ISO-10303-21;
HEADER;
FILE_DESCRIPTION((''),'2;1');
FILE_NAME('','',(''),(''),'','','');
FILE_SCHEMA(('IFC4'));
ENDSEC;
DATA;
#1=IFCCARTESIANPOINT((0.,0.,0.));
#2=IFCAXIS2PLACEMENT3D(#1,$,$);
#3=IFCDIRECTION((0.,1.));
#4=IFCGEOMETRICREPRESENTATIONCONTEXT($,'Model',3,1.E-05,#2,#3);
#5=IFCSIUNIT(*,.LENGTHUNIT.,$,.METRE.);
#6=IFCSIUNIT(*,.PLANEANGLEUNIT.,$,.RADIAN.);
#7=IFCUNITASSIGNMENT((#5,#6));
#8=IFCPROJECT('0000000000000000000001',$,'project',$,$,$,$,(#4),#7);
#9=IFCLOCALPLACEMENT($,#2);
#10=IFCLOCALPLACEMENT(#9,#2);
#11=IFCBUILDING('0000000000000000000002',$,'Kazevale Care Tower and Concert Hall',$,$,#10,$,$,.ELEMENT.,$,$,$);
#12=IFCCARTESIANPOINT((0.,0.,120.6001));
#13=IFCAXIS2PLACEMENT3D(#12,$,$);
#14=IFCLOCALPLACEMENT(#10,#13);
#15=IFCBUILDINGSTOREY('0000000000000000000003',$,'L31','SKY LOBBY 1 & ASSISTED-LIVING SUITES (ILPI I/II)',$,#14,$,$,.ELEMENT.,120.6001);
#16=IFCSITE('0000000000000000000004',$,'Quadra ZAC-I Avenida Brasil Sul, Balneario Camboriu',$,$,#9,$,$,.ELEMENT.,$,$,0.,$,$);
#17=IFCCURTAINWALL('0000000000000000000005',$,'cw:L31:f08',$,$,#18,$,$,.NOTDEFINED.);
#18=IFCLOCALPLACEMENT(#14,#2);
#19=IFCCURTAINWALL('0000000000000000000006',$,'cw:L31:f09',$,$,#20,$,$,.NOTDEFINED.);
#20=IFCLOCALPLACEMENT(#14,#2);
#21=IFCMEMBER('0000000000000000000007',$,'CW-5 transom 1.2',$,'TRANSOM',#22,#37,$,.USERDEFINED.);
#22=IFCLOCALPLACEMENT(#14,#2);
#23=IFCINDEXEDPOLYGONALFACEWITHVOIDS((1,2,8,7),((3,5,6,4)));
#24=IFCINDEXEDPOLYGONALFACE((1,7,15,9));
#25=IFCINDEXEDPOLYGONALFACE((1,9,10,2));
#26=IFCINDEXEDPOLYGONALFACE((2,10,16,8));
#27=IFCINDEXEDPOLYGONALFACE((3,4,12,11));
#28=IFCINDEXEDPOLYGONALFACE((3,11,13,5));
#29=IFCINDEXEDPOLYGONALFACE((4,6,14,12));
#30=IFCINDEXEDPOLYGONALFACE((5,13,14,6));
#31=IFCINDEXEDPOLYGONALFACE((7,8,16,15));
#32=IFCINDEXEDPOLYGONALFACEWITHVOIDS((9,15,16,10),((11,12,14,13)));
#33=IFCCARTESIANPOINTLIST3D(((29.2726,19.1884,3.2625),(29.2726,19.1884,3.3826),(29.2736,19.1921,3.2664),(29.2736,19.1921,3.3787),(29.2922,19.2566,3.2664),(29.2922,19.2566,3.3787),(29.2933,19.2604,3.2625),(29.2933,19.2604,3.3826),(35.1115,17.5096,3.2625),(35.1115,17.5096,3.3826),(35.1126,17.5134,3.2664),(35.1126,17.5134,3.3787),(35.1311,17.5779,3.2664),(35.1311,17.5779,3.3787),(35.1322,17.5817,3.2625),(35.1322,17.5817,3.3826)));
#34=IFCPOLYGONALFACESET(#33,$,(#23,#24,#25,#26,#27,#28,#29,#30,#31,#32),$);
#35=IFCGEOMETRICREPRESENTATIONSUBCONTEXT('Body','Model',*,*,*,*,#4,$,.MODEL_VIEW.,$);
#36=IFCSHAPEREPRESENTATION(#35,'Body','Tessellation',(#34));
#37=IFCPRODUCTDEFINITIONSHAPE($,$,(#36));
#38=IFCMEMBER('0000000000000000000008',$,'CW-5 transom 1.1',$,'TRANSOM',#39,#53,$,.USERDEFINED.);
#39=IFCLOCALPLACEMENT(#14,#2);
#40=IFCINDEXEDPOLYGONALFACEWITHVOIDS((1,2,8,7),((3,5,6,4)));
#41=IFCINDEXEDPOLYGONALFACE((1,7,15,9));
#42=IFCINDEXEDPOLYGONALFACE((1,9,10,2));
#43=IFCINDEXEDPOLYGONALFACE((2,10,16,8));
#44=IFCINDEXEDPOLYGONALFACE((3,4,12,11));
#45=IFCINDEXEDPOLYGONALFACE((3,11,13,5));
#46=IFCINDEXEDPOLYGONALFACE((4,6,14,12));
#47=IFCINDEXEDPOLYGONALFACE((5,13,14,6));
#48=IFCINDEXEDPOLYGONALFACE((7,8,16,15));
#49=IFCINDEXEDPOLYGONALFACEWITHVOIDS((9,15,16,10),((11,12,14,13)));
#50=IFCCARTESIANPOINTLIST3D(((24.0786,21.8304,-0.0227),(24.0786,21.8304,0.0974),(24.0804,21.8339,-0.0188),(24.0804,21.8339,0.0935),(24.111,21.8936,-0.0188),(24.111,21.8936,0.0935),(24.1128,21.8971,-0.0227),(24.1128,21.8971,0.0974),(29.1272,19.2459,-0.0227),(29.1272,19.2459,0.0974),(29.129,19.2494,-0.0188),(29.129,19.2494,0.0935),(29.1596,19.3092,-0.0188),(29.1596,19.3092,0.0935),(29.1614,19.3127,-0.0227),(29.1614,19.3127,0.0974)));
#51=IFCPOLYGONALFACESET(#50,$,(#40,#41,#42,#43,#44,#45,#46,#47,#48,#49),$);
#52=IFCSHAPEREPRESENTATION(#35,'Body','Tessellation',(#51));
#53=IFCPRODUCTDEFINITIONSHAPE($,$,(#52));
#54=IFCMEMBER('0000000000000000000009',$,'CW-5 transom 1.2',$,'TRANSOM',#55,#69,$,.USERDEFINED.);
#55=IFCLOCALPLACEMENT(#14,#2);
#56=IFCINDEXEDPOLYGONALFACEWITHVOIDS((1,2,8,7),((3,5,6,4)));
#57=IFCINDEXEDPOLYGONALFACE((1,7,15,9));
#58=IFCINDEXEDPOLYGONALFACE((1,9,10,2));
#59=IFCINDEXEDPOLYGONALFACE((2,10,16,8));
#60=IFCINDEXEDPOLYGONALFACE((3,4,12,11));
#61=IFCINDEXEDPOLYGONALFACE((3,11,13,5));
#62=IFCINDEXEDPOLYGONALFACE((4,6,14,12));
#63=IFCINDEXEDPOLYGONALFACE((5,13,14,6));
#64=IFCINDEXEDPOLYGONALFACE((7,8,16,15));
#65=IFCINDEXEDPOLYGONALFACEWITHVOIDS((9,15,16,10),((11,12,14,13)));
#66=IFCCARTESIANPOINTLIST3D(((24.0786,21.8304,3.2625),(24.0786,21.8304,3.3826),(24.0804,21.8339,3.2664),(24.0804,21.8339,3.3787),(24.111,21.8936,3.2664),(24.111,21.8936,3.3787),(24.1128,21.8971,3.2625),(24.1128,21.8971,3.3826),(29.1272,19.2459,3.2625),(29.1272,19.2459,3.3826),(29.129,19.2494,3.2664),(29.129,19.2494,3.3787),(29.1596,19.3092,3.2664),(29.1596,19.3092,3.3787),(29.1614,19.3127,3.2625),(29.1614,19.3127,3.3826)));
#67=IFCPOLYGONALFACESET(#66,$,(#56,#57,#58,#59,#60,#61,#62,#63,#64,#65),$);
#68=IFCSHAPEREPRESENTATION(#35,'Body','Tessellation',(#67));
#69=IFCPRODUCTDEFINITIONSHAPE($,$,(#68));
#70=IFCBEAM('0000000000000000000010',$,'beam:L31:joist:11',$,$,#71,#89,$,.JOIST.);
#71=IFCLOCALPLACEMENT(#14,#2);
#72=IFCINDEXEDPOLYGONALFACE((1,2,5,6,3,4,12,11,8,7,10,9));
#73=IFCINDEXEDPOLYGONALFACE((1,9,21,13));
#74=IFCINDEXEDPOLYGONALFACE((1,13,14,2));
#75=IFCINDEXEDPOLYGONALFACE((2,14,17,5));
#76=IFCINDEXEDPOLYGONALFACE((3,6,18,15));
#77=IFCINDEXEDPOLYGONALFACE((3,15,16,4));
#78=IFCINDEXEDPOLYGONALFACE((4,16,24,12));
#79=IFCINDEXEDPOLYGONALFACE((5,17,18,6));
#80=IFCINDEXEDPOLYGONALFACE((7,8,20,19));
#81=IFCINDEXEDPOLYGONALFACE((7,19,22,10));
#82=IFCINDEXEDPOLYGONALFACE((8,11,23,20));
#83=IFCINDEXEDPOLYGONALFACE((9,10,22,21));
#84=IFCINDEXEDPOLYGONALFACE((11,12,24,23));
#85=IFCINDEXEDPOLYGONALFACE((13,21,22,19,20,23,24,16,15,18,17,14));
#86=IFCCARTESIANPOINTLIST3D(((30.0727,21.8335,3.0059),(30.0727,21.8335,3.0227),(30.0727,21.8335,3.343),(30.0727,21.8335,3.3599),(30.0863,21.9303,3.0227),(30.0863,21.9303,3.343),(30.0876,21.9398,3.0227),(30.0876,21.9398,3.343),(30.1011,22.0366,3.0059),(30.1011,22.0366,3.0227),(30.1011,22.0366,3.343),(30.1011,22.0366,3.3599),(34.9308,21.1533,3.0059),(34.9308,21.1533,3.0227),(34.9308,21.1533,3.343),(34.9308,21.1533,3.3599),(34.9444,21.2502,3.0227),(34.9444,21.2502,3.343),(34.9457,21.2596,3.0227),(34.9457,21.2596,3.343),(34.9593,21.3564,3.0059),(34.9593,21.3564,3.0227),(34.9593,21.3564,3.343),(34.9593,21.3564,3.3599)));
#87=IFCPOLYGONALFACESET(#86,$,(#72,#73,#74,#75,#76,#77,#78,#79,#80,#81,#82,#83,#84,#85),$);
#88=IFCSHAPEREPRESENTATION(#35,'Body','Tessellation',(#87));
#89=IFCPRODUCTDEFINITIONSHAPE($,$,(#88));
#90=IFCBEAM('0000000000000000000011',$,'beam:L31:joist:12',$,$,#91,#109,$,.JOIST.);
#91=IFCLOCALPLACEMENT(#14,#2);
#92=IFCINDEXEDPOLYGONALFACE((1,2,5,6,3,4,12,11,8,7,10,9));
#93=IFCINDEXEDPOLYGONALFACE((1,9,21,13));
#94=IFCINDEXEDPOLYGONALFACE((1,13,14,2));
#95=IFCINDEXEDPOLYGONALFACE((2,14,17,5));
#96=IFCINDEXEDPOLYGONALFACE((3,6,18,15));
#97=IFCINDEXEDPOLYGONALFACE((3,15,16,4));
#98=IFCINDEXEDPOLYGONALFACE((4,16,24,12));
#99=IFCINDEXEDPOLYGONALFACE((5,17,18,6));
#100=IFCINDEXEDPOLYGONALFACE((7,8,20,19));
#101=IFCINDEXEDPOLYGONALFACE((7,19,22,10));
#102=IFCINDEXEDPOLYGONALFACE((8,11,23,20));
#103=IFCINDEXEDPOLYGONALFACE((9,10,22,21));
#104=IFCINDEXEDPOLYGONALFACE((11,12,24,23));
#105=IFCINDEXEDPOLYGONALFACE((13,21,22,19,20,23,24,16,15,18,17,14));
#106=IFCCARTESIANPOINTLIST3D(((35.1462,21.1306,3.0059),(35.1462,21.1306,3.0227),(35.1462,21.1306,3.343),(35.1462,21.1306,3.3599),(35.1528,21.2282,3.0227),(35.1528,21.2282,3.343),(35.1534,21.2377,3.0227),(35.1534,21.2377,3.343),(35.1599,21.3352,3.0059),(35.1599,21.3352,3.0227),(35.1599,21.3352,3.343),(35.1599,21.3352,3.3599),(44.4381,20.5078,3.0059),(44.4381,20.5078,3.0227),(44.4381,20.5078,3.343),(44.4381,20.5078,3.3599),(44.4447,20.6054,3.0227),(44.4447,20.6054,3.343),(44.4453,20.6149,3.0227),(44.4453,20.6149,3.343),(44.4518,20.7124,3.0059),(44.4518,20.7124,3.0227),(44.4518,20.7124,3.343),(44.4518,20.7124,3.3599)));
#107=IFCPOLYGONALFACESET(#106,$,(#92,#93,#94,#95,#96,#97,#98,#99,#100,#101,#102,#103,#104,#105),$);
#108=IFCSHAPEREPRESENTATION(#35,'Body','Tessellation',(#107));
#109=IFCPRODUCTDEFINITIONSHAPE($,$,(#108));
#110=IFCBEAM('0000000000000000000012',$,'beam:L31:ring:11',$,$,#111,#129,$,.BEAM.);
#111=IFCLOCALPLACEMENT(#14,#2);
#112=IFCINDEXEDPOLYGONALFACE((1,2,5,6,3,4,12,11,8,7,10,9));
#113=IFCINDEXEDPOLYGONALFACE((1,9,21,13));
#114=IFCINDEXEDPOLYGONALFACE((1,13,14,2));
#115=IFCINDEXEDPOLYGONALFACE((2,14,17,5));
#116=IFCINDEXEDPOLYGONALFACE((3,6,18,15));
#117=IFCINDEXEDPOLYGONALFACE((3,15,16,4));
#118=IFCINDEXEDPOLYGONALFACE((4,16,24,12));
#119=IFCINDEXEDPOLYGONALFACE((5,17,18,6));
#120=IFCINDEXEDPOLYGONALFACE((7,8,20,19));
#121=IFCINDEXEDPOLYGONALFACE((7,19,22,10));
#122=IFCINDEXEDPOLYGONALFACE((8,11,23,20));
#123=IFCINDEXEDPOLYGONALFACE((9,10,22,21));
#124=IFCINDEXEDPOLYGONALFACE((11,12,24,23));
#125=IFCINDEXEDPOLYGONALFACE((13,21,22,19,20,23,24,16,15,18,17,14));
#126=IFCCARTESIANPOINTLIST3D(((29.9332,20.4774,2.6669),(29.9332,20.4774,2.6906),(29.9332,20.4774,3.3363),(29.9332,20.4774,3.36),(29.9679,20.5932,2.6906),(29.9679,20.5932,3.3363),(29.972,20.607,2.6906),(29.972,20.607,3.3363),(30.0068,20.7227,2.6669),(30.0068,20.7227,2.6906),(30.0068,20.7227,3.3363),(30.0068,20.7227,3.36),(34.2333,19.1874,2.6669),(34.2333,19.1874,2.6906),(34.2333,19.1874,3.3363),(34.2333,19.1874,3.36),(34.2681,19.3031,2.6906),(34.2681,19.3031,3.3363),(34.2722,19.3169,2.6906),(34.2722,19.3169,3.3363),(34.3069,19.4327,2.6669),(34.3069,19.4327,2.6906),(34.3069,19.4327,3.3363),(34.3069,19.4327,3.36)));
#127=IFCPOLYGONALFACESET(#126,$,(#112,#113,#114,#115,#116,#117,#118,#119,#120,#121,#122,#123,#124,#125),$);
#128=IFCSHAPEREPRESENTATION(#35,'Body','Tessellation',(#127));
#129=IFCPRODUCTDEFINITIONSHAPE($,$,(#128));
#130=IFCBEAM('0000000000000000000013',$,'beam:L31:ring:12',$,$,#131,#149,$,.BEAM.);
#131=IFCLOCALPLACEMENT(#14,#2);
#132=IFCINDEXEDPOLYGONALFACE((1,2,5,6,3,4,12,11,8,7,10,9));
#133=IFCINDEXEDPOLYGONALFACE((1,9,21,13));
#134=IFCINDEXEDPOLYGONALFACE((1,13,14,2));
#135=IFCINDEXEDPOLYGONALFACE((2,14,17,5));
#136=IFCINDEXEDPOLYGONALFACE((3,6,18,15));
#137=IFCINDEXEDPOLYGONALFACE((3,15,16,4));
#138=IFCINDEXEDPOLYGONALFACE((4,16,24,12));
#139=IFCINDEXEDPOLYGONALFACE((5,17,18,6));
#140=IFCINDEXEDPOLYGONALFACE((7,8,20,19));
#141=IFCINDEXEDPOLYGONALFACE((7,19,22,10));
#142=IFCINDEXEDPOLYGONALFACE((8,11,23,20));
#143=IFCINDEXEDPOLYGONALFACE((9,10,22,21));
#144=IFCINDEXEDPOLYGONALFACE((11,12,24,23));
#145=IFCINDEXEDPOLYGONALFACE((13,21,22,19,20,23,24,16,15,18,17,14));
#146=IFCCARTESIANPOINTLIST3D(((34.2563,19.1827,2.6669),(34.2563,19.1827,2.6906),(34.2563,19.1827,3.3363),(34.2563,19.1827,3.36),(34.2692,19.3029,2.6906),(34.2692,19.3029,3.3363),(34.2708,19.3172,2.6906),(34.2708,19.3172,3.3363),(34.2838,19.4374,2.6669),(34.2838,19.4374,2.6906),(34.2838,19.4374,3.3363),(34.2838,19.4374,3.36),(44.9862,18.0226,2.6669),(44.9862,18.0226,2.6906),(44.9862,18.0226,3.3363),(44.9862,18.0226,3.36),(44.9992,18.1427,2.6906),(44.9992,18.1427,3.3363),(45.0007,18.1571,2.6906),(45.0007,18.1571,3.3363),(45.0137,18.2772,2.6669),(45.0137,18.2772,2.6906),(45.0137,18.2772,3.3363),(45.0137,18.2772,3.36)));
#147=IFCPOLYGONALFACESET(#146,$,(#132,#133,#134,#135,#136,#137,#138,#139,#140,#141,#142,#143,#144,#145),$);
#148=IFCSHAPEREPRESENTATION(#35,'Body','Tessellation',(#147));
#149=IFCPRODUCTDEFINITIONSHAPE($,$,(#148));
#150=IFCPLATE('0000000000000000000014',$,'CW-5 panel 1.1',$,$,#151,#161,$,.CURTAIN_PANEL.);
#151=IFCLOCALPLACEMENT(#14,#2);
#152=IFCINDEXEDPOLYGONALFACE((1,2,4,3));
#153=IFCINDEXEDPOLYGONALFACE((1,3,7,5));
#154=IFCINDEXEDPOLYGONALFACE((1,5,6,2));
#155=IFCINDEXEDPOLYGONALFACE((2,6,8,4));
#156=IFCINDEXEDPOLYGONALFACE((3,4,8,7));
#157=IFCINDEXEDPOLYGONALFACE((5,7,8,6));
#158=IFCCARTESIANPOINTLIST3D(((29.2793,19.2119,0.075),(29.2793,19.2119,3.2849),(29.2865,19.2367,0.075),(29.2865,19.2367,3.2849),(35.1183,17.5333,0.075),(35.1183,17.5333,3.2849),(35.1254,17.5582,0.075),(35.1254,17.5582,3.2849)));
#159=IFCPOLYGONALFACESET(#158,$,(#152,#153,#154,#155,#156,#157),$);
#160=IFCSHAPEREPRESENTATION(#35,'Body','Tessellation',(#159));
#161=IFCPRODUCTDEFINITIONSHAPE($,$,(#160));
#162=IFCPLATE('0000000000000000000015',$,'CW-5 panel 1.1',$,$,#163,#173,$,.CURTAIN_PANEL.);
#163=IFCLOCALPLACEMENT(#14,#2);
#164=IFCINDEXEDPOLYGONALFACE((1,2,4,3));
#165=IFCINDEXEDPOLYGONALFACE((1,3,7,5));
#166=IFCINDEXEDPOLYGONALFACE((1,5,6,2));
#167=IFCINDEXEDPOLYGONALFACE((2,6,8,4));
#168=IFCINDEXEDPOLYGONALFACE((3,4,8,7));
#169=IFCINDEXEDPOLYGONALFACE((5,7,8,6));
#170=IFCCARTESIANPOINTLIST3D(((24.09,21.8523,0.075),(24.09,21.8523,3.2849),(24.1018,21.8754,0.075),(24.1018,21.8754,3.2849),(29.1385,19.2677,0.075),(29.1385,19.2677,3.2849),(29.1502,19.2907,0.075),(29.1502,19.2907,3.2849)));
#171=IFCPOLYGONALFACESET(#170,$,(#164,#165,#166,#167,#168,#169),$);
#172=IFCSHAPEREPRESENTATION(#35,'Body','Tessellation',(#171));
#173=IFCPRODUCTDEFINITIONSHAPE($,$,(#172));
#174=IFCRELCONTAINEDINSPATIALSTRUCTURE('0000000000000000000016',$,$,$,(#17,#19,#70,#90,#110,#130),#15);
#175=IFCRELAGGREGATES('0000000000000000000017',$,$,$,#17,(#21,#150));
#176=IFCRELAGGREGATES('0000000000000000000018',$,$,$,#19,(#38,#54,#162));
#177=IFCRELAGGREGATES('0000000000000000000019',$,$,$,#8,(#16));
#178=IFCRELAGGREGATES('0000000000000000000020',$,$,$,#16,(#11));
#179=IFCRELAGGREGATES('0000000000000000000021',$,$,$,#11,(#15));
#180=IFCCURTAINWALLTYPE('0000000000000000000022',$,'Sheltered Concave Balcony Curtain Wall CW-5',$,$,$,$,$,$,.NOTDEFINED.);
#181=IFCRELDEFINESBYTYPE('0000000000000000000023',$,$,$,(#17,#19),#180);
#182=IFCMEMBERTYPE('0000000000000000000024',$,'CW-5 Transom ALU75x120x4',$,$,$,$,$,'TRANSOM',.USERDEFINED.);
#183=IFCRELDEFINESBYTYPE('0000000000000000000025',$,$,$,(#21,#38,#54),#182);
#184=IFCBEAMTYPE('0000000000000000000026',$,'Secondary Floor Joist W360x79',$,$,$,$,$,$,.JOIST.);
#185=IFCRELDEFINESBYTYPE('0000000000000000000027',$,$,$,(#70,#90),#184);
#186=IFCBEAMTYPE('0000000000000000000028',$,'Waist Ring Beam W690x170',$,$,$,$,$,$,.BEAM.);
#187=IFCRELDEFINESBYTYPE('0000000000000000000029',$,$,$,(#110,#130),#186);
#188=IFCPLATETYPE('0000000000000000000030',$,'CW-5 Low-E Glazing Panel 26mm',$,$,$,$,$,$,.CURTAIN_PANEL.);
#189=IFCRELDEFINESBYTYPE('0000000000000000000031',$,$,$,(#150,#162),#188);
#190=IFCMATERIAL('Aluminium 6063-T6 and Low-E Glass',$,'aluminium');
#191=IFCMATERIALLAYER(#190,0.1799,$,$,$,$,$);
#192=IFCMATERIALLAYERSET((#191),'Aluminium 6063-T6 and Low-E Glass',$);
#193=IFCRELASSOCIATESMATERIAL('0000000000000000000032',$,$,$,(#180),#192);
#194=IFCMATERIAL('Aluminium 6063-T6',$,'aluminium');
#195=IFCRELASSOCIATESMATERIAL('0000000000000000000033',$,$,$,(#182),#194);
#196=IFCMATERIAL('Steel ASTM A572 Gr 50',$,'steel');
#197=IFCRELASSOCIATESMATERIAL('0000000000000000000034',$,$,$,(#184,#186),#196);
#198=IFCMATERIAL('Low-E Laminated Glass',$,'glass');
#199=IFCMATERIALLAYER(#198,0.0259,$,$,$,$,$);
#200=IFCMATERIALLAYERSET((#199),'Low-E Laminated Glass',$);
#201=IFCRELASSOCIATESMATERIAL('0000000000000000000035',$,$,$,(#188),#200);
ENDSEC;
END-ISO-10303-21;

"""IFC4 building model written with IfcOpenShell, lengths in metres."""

from ifc_helpers import new_model, si_unit, direction, frame, origin, origin_2d, place, context, subcontext, project, spatial, rectangle, hollow_rectangle, i_section, extrude, material, layer, layer_set, material_profile, profile_set, type_object, element, aggregate, save


model = new_model("IFC4")

# Units and contexts
model_context = context("Model", 3, precision=1e-05, world=origin(), true_north=direction((0.0, 1.0)))
body_context = subcontext(model_context, "Body", "Model", "MODEL_VIEW")
ifc_project = project(units=[si_unit("LENGTHUNIT", "METRE"), si_unit("PLANEANGLEUNIT", "RADIAN")], contexts=[model_context])

# Site, building, storey
site_placement = place(None, origin())
site = spatial("IfcSite", under=ifc_project, at=site_placement, Name="Quadra ZAC-I Avenida Brasil Sul, Balneario Camboriu", CompositionType="ELEMENT", RefElevation=0.0)
building_placement = place(site_placement, origin())
building = spatial("IfcBuilding", under=site, at=building_placement, Name="Kazevale Care Tower and Concert Hall", CompositionType="ELEMENT")
storey_placement = place(building_placement, frame((0.0, 0.0, 120.6001)))
storey = spatial("IfcBuildingStorey", under=building, at=storey_placement, Name="L31", Description="SKY LOBBY 1 & ASSISTED-LIVING SUITES (ILPI I/II)", CompositionType="ELEMENT", Elevation=120.6001)

# Shared definitions
ifc_material_1 = material(Name="Aluminium 6063-T6 and Low-E Glass", Category="aluminium")
ifc_layer_1 = layer(ifc_material_1, 0.1799)
ifc_layer_set_1 = layer_set([ifc_layer_1], Name="Aluminium 6063-T6 and Low-E Glass")
curtain_wall_type = type_object("IfcCurtainWallType", Name="Sheltered Concave Balcony Curtain Wall CW-5", PredefinedType="NOTDEFINED", material=ifc_layer_set_1)
ifc_material_2 = material(Name="Aluminium 6063-T6", Category="aluminium")

# Curtain wall
curtain_wall_1_placement = place(storey_placement, origin())
curtain_wall_1 = element("IfcCurtainWall", 1, at=curtain_wall_1_placement, inside=storey, type_object=curtain_wall_type, Name="cw:L31:f08", PredefinedType="NOTDEFINED")

# Curtain wall
curtain_wall_2_placement = place(storey_placement, origin())
curtain_wall_2 = element("IfcCurtainWall", 2, at=curtain_wall_2_placement, inside=storey, type_object=curtain_wall_type, Name="cw:L31:f09", PredefinedType="NOTDEFINED")

# Members
ifc_material_profile_1 = material_profile(ifc_material_2, hollow_rectangle(XDim=0.075, YDim=0.1201, WallThickness=0.0039, at=origin_2d()), Name="ALU75x120x4")
ifc_profile_set_1 = profile_set([ifc_material_profile_1], Name="Aluminium 6063-T6")
member_type_1 = type_object("IfcMemberType", Name="CW-5 Transom ALU75x120x4", ElementType="TRANSOM", PredefinedType="USERDEFINED", material=ifc_profile_set_1)
member_1_placement = place(storey_placement, frame((35.1218, 17.5457, 3.3225), z_axis=(-0.961068, 0.276313, 0.0), x_axis=(-0.276313, -0.961068, 0.0)))
member_1 = element("IfcMember", 3, at=member_1_placement, type_object=member_type_1, Name="CW-5 transom 1.2", ObjectType="TRANSOM", PredefinedType="USERDEFINED", context=body_context, shape_type="SweptSolid", body=[
    extrude(hollow_rectangle(XDim=0.075, YDim=0.1201, WallThickness=0.0039, at=origin_2d()), origin(), (0.0, 0.0, 1.0), 6.0754),
])
member_2_placement = place(storey_placement, frame((29.1443, 19.2793, 0.0374), z_axis=(-0.890143, 0.455682, 0.0), x_axis=(-0.455682, -0.890143, 0.0)))
member_2 = element("IfcMember", 4, at=member_2_placement, type_object=member_type_1, Name="CW-5 transom 1.1", ObjectType="TRANSOM", PredefinedType="USERDEFINED", context=body_context, shape_type="SweptSolid", body=[
    extrude(hollow_rectangle(XDim=0.075, YDim=0.1201, WallThickness=0.0039, at=origin_2d()), origin(), (0.0, 0.0, 1.0), 5.6716),
])
member_3_placement = place(storey_placement, frame((29.1443, 19.2793, 3.3225), z_axis=(-0.890143, 0.455682, 0.0), x_axis=(-0.455682, -0.890143, 0.0)))
member_3 = element("IfcMember", 5, at=member_3_placement, type_object=member_type_1, Name="CW-5 transom 1.2", ObjectType="TRANSOM", PredefinedType="USERDEFINED", context=body_context, shape_type="SweptSolid", body=[
    extrude(hollow_rectangle(XDim=0.075, YDim=0.1201, WallThickness=0.0039, at=origin_2d()), origin(), (0.0, 0.0, 1.0), 5.6716),
])

# Beams
ifc_material_3 = material(Name="Steel ASTM A572 Gr 50", Category="steel")
ifc_material_profile_2 = material_profile(ifc_material_3, i_section(OverallWidth=0.2051, OverallDepth=0.354, WebThickness=0.0095, FlangeThickness=0.0168, at=origin_2d()), Name="W360x79")
ifc_profile_set_2 = profile_set([ifc_material_profile_2], Name="Steel ASTM A572 Gr 50")
beam_type_1 = type_object("IfcBeamType", Name="Secondary Floor Joist W360x79", PredefinedType="JOIST", material=ifc_profile_set_2)
beam_1_placement = place(storey_placement, frame((30.0869, 21.9351, 3.1829), z_axis=(0.990341, -0.138655, 0.0), x_axis=(0.138655, 0.990341, 0.0)))
element("IfcBeam", 6, at=beam_1_placement, inside=storey, type_object=beam_type_1, Name="beam:L31:joist:11", PredefinedType="JOIST", context=body_context, shape_type="SweptSolid", body=[
    extrude(i_section(OverallWidth=0.2051, OverallDepth=0.354, WebThickness=0.0095, FlangeThickness=0.0168, at=origin_2d()), origin(), (0.0, 0.0, 1.0), 4.9055),
])
beam_2_placement = place(storey_placement, frame((35.1531, 21.2329, 3.1829), z_axis=(0.997761, -0.066876, 0.0), x_axis=(0.066876, 0.997761, 0.0)))
element("IfcBeam", 7, at=beam_2_placement, inside=storey, type_object=beam_type_1, Name="beam:L31:joist:12", PredefinedType="JOIST", context=body_context, shape_type="SweptSolid", body=[
    extrude(i_section(OverallWidth=0.2051, OverallDepth=0.354, WebThickness=0.0095, FlangeThickness=0.0168, at=origin_2d()), origin(), (0.0, 0.0, 1.0), 9.3127),
])
ifc_material_profile_3 = material_profile(ifc_material_3, i_section(OverallWidth=0.2561, OverallDepth=0.6931, WebThickness=0.0144, FlangeThickness=0.0237, at=origin_2d()), Name="W690x170")
ifc_profile_set_3 = profile_set([ifc_material_profile_3], Name="Steel ASTM A572 Gr 50")
beam_type_2 = type_object("IfcBeamType", Name="Waist Ring Beam W690x170", PredefinedType="BEAM", material=ifc_profile_set_3)
beam_3_placement = place(storey_placement, frame((29.97, 20.6001, 3.0134), z_axis=(0.957825, -0.287353, 0.0), x_axis=(0.287353, 0.957825, 0.0)))
element("IfcBeam", 8, at=beam_3_placement, inside=storey, type_object=beam_type_2, Name="beam:L31:ring:11", PredefinedType="BEAM", context=body_context, shape_type="SweptSolid", body=[
    extrude(i_section(OverallWidth=0.2561, OverallDepth=0.6931, WebThickness=0.0144, FlangeThickness=0.0237, at=origin_2d()), origin(), (0.0, 0.0, 1.0), 4.4895),
])
beam_4_placement = place(storey_placement, frame((34.27, 19.3101, 3.0134), z_axis=(0.994205, -0.107496, 0.0), x_axis=(0.107496, 0.994205, 0.0)))
element("IfcBeam", 9, at=beam_4_placement, inside=storey, type_object=beam_type_2, Name="beam:L31:ring:12", PredefinedType="BEAM", context=body_context, shape_type="SweptSolid", body=[
    extrude(i_section(OverallWidth=0.2561, OverallDepth=0.6931, WebThickness=0.0144, FlangeThickness=0.0237, at=origin_2d()), origin(), (0.0, 0.0, 1.0), 10.7925),
])

# Plates
ifc_material_4 = material(Name="Low-E Laminated Glass", Category="glass")
ifc_layer_2 = layer(ifc_material_4, 0.0259)
ifc_layer_set_2 = layer_set([ifc_layer_2], Name="Low-E Laminated Glass")
plate_type = type_object("IfcPlateType", Name="CW-5 Low-E Glazing Panel 26mm", PredefinedType="CURTAIN_PANEL", material=ifc_layer_set_2)
plate_1_placement = place(storey_placement, frame((32.2024, 18.385, 0.075), z_axis=(0.0, 0.0, 1.0), x_axis=(-0.961074, 0.276291, 0.0)))
plate_1 = element("IfcPlate", 10, at=plate_1_placement, type_object=plate_type, Name="CW-5 panel 1.1", PredefinedType="CURTAIN_PANEL", context=body_context, shape_type="SweptSolid", body=[
    extrude(rectangle(XDim=6.0754, YDim=0.0259, at=origin_2d()), origin(), (0.0, 0.0, 1.0), 3.21),
])
aggregate(curtain_wall_1, [member_1, plate_1])
plate_2_placement = place(storey_placement, frame((26.6201, 20.5715, 0.075), z_axis=(0.0, 0.0, 1.0), x_axis=(-0.890127, 0.455713, 0.0)))
plate_2 = element("IfcPlate", 11, at=plate_2_placement, type_object=plate_type, Name="CW-5 panel 1.1", PredefinedType="CURTAIN_PANEL", context=body_context, shape_type="SweptSolid", body=[
    extrude(rectangle(XDim=5.6716, YDim=0.0259, at=origin_2d()), origin(), (0.0, 0.0, 1.0), 3.21),
])
aggregate(curtain_wall_2, [member_2, member_3, plate_2])

save(model, "model.ifc")
